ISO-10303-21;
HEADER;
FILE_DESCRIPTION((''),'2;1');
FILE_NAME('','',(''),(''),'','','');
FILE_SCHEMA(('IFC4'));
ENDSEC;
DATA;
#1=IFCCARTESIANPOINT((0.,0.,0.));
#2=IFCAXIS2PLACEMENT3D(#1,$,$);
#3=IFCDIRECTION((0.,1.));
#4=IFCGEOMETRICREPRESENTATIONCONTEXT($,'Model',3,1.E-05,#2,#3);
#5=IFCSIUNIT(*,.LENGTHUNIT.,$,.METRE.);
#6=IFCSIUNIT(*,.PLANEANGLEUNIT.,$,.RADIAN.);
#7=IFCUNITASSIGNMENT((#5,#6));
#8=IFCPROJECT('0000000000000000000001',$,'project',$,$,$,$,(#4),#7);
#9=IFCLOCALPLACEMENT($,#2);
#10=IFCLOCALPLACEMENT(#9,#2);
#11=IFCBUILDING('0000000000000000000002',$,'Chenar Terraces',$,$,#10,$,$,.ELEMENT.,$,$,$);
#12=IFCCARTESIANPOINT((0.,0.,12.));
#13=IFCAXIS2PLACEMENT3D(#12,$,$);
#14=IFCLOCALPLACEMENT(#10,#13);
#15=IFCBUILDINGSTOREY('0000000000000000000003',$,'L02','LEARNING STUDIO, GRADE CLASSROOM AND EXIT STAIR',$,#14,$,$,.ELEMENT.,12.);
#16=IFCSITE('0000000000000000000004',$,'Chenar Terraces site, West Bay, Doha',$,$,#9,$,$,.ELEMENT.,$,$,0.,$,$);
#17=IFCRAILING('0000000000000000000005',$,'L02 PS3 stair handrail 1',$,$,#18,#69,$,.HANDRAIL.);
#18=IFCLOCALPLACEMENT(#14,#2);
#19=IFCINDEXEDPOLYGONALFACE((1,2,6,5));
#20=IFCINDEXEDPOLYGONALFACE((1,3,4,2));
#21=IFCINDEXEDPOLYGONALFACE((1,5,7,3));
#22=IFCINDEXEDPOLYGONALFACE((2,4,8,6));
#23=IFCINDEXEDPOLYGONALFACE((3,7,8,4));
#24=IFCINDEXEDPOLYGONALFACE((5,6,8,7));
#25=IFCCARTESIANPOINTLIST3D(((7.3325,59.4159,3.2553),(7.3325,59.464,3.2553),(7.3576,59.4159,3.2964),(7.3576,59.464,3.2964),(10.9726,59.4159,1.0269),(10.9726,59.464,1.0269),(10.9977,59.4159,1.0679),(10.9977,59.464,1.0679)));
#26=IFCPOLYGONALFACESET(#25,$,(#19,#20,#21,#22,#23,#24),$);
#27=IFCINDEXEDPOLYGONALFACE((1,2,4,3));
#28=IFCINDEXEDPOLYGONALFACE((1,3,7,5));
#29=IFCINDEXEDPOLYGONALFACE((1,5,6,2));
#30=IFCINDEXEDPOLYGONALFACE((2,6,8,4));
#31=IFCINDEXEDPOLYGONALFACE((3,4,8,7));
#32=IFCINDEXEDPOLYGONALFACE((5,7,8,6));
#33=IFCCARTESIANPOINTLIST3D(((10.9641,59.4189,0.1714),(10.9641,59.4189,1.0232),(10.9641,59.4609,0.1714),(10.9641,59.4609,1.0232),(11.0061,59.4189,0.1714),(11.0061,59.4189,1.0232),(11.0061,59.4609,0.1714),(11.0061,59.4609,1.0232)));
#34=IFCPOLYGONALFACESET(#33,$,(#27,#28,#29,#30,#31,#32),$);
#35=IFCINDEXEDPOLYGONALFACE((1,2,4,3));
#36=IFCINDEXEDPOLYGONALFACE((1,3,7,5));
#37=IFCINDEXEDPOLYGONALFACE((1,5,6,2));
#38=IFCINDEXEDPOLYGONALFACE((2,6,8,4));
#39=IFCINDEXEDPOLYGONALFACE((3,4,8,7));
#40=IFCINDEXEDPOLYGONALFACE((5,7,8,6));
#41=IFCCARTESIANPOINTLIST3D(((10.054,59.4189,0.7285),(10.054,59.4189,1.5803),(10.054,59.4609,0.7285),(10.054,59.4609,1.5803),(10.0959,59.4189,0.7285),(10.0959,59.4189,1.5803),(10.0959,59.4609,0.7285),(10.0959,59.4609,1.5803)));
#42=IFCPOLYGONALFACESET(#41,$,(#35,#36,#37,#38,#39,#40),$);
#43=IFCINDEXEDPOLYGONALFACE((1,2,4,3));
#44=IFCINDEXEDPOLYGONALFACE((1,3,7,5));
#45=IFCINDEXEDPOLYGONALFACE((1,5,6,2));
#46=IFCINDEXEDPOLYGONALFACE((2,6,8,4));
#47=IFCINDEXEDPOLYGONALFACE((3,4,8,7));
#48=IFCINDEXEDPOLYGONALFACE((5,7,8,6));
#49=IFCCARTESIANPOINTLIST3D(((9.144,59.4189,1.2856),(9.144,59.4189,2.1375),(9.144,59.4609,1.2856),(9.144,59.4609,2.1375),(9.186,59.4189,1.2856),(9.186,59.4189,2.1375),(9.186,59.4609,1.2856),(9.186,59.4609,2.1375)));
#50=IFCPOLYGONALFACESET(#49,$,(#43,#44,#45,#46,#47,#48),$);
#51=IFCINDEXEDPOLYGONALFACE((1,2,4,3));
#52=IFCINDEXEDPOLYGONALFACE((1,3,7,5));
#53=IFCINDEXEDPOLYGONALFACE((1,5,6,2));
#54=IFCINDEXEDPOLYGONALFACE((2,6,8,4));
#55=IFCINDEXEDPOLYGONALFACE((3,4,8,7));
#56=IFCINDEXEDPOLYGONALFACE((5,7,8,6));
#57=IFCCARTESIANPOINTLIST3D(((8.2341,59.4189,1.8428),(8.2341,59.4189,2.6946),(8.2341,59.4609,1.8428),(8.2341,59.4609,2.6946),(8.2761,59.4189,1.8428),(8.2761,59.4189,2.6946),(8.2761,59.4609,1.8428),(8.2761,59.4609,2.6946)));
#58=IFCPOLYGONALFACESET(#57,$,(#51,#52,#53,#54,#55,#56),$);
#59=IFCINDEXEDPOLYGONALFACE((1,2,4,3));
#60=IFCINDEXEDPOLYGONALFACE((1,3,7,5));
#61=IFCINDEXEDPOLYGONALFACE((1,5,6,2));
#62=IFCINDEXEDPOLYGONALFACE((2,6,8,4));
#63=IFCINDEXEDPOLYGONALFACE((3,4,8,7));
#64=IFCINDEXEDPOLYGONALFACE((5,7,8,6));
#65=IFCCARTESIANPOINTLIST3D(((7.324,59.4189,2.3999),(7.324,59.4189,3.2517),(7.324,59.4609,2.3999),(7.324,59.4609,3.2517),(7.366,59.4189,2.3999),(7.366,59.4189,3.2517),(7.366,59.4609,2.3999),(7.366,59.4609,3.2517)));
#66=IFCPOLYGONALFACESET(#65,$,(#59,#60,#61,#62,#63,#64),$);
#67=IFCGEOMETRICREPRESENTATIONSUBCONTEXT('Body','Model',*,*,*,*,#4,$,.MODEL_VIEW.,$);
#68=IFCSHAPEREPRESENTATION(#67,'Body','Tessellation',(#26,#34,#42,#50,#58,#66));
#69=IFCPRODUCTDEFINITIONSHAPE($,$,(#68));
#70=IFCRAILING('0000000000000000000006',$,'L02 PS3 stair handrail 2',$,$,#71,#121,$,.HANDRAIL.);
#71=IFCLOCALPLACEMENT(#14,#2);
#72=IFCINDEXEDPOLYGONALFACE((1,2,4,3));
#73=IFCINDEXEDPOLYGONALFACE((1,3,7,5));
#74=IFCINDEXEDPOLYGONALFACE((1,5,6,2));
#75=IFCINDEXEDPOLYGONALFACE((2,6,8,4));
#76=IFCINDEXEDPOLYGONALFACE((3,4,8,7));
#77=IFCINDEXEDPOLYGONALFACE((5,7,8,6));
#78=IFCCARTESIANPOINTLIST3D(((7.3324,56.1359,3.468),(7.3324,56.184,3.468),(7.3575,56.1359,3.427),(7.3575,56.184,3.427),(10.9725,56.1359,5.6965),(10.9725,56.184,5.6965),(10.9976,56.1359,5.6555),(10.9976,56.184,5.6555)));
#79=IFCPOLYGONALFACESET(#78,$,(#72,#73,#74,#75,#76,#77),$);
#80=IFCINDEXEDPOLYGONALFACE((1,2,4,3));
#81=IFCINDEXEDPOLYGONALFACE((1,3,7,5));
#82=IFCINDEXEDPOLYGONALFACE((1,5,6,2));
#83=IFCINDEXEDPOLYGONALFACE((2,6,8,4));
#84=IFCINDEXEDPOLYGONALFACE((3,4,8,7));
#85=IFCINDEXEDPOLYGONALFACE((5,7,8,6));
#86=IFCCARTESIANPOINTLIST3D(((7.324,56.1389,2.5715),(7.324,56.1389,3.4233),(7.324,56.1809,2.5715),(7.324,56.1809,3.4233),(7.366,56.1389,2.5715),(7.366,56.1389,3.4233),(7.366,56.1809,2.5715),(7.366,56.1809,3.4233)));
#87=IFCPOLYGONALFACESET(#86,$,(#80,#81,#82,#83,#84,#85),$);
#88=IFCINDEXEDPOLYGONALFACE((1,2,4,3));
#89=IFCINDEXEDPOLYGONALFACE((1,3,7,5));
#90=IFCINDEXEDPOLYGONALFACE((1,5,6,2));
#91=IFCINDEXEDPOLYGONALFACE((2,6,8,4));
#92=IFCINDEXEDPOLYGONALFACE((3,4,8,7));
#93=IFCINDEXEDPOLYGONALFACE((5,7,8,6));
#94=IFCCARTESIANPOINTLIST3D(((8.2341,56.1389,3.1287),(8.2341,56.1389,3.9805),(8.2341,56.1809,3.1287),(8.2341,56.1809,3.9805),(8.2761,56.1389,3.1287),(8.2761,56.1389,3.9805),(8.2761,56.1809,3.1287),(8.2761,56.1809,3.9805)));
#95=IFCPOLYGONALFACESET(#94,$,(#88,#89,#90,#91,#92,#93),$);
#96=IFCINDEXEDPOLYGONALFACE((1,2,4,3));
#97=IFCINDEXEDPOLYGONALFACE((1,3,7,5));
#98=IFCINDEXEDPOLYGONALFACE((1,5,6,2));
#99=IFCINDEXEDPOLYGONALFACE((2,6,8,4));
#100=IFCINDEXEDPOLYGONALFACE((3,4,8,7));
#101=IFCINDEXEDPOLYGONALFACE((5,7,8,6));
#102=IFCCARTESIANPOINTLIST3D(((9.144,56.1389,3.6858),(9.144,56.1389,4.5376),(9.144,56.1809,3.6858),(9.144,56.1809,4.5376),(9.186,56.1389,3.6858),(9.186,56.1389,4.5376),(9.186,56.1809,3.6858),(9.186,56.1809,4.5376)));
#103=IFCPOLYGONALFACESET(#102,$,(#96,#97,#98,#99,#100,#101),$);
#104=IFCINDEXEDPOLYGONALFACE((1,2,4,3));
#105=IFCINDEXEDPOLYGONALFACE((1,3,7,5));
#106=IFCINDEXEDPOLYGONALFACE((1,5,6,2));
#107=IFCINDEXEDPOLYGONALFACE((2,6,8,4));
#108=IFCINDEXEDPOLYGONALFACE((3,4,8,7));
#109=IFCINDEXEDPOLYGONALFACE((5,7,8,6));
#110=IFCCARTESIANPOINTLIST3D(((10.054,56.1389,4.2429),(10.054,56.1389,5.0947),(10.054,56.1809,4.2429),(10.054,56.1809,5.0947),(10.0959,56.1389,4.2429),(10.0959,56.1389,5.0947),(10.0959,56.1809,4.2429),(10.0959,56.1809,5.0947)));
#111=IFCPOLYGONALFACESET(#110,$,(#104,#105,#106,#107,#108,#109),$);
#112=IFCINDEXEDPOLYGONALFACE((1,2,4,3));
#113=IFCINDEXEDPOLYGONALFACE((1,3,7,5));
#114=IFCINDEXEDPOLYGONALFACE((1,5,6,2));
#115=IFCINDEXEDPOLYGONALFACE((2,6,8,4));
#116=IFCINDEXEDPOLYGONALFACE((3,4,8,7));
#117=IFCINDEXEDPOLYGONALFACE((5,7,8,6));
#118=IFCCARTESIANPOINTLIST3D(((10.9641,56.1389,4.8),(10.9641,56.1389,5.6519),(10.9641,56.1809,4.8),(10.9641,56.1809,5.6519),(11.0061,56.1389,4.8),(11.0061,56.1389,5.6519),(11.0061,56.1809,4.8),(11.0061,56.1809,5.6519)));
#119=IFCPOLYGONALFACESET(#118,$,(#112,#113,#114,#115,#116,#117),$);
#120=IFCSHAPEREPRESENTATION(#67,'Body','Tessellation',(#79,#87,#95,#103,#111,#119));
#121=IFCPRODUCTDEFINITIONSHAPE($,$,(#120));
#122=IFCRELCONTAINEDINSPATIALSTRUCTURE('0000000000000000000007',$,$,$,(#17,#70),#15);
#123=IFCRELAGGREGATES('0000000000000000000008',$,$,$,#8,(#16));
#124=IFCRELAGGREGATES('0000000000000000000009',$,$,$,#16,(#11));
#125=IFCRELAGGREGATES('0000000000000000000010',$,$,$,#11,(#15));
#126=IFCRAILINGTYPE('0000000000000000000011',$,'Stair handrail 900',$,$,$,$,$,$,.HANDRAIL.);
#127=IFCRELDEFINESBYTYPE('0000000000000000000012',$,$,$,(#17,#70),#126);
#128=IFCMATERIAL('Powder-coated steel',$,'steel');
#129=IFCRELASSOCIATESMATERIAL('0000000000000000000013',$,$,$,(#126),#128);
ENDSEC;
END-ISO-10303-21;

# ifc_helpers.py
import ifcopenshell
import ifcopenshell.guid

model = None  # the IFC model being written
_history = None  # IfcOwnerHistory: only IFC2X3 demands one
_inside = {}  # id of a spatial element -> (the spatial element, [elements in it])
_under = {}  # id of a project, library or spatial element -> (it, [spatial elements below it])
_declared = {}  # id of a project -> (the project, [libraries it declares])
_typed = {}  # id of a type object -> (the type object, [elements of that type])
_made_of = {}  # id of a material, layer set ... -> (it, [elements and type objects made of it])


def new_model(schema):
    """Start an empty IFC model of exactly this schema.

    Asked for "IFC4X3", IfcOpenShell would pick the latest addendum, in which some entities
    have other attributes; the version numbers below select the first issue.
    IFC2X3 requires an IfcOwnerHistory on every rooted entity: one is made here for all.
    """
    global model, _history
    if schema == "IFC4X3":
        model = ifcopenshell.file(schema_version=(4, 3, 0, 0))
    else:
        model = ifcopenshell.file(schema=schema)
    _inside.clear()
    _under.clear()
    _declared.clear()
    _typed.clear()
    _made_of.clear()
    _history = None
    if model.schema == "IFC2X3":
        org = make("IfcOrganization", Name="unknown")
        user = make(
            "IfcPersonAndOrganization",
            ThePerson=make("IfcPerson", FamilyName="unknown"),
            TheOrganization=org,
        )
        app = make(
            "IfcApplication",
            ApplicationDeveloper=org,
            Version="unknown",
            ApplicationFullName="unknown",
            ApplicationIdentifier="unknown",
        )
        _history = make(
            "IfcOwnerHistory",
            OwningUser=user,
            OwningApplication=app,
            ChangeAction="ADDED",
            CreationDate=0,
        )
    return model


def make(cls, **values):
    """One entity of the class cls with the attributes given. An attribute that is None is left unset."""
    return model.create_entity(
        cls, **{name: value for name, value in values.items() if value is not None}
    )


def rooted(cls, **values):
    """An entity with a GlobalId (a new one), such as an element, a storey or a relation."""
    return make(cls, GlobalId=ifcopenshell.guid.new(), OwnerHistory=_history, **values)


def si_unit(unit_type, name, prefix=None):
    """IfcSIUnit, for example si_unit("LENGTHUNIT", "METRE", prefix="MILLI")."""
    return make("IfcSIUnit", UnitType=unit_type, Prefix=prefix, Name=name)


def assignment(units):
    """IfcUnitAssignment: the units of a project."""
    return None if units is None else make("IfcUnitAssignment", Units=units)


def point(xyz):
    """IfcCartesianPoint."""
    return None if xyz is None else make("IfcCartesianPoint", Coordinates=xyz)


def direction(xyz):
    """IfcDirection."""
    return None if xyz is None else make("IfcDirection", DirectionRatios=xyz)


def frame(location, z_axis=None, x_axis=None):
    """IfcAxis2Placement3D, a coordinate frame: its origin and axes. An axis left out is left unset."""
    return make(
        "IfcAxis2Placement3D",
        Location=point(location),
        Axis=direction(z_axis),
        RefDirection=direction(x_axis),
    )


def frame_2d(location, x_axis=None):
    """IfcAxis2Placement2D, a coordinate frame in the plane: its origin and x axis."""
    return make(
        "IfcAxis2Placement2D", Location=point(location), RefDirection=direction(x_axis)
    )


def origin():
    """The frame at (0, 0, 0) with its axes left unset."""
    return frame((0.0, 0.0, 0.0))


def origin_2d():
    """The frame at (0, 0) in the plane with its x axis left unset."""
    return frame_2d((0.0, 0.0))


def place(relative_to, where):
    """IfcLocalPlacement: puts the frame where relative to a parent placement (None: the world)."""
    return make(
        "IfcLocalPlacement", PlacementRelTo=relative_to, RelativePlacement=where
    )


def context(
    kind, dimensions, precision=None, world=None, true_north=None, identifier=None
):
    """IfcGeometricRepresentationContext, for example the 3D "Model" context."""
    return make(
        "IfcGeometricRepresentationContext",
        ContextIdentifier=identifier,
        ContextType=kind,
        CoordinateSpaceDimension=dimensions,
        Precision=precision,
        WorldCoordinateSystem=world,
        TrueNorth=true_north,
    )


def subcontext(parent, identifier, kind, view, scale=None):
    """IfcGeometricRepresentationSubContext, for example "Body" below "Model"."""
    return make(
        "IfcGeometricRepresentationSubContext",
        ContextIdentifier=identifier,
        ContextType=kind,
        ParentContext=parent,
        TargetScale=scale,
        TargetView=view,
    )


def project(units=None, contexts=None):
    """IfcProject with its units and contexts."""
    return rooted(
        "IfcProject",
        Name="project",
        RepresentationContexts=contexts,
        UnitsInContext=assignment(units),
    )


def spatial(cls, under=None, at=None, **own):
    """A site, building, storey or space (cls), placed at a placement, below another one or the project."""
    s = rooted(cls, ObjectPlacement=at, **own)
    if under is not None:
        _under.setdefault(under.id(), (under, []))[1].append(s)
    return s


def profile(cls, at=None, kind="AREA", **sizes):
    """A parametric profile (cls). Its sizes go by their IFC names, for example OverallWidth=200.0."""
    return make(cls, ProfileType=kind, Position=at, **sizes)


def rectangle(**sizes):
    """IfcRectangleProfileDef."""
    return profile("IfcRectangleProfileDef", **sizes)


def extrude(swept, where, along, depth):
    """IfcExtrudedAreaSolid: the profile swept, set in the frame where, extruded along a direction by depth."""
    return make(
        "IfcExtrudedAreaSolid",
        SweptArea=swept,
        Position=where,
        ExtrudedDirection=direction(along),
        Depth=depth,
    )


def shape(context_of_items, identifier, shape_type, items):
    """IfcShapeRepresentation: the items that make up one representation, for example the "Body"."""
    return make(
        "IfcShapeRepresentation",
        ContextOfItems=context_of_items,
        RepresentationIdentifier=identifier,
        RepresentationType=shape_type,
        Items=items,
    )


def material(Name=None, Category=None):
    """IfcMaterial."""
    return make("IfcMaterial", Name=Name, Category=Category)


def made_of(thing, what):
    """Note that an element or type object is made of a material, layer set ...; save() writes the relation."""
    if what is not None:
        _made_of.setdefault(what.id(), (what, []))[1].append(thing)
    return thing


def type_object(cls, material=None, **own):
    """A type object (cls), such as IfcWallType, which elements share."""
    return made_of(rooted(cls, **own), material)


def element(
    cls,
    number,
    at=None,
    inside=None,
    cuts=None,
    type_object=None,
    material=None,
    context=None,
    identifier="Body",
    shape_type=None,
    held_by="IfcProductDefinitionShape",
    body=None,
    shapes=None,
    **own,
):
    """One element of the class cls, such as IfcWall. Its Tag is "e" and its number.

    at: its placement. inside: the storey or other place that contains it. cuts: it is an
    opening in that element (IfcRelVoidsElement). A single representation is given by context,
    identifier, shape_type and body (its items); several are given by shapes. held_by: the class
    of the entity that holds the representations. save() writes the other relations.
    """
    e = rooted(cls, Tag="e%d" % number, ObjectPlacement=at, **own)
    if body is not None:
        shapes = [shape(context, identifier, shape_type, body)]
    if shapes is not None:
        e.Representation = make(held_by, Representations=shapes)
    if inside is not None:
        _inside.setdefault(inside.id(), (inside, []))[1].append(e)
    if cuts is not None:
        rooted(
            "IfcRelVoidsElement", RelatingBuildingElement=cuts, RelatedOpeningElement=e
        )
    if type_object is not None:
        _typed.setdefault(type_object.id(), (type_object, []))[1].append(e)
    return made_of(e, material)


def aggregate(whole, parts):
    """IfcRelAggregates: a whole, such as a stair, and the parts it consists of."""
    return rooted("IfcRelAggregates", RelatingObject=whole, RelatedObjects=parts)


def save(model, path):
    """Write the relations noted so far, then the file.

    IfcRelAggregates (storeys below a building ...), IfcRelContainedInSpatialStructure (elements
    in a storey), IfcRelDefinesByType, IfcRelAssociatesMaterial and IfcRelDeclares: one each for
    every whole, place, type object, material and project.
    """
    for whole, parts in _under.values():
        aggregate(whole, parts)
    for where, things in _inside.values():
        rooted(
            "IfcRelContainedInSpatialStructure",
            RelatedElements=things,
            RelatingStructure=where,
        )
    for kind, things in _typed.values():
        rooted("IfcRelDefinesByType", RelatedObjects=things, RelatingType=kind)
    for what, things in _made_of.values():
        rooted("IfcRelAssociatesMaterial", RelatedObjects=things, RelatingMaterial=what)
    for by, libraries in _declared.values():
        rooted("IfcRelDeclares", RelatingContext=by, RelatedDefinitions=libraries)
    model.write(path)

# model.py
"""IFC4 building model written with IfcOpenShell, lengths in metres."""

from ifc_helpers import new_model, si_unit, direction, frame, origin, origin_2d, place, context, subcontext, project, spatial, rectangle, extrude, material, type_object, element, save


model = new_model("IFC4")

# Units and contexts
model_context = context("Model", 3, precision=1e-05, world=origin(), true_north=direction((0.0, 1.0)))
body_context = subcontext(model_context, "Body", "Model", "MODEL_VIEW")
ifc_project = project(units=[si_unit("LENGTHUNIT", "METRE"), si_unit("PLANEANGLEUNIT", "RADIAN")], contexts=[model_context])

# Site, building, storey
site_placement = place(None, origin())
site = spatial("IfcSite", under=ifc_project, at=site_placement, Name="Chenar Terraces site, West Bay, Doha", CompositionType="ELEMENT", RefElevation=0.0)
building_placement = place(site_placement, origin())
building = spatial("IfcBuilding", under=site, at=building_placement, Name="Chenar Terraces", CompositionType="ELEMENT")
storey_placement = place(building_placement, frame((0.0, 0.0, 12.0)))
storey = spatial("IfcBuildingStorey", under=building, at=storey_placement, Name="L02", Description="LEARNING STUDIO, GRADE CLASSROOM AND EXIT STAIR", CompositionType="ELEMENT", Elevation=12.0)

# Railings
ifc_material_1 = material(Name="Powder-coated steel", Category="steel")
railing_type_1 = type_object("IfcRailingType", Name="Stair handrail 900", PredefinedType="HANDRAIL", material=ifc_material_1)
railing_1_placement = place(storey_placement, frame((10.9851, 59.4399, 0.1714)))
element("IfcRailing", 1, at=railing_1_placement, inside=storey, type_object=railing_type_1, Name="L02 PS3 stair handrail 1", PredefinedType="HANDRAIL", context=body_context, shape_type="SweptSolid", body=[
    extrude(rectangle(XDim=0.0481, YDim=0.0481, at=origin_2d()), frame((0.0, 0.0, 0.876), z_axis=(-0.852866, 0.0, 0.52213), x_axis=(0.0, -1.0, 0.0)), (0.0, 0.0, 1.0), 4.2681),
    extrude(rectangle(XDim=0.042, YDim=0.042, at=origin_2d()), origin(), (0.0, 0.0, 1.0), 0.8518),
    extrude(rectangle(XDim=0.042, YDim=0.042, at=origin_2d()), frame((-0.9102, 0.0, 0.5571)), (0.0, 0.0, 1.0), 0.8518),
    extrude(rectangle(XDim=0.042, YDim=0.042, at=origin_2d()), frame((-1.8201, 0.0, 1.1143)), (0.0, 0.0, 1.0), 0.8518),
    extrude(rectangle(XDim=0.042, YDim=0.042, at=origin_2d()), frame((-2.73, 0.0, 1.6714)), (0.0, 0.0, 1.0), 0.8518),
    extrude(rectangle(XDim=0.042, YDim=0.042, at=origin_2d()), frame((-3.6401, 0.0, 2.2285)), (0.0, 0.0, 1.0), 0.8518),
])
railing_2_placement = place(storey_placement, frame((7.345, 56.1599, 2.5715)))
element("IfcRailing", 2, at=railing_2_placement, inside=storey, type_object=railing_type_1, Name="L02 PS3 stair handrail 2", PredefinedType="HANDRAIL", context=body_context, shape_type="SweptSolid", body=[
    extrude(rectangle(XDim=0.0481, YDim=0.0481, at=origin_2d()), frame((0.0, 0.0, 0.876), z_axis=(0.852866, 0.0, 0.52213), x_axis=(0.0, 1.0, 0.0)), (0.0, 0.0, 1.0), 4.2681),
    extrude(rectangle(XDim=0.042, YDim=0.042, at=origin_2d()), origin(), (0.0, 0.0, 1.0), 0.8518),
    extrude(rectangle(XDim=0.042, YDim=0.042, at=origin_2d()), frame((0.9102, 0.0, 0.5571)), (0.0, 0.0, 1.0), 0.8518),
    extrude(rectangle(XDim=0.042, YDim=0.042, at=origin_2d()), frame((1.8201, 0.0, 1.1143)), (0.0, 0.0, 1.0), 0.8518),
    extrude(rectangle(XDim=0.042, YDim=0.042, at=origin_2d()), frame((2.73, 0.0, 1.6714)), (0.0, 0.0, 1.0), 0.8518),
    extrude(rectangle(XDim=0.042, YDim=0.042, at=origin_2d()), frame((3.6401, 0.0, 2.2285)), (0.0, 0.0, 1.0), 0.8518),
])

save(model, "model.ifc")
